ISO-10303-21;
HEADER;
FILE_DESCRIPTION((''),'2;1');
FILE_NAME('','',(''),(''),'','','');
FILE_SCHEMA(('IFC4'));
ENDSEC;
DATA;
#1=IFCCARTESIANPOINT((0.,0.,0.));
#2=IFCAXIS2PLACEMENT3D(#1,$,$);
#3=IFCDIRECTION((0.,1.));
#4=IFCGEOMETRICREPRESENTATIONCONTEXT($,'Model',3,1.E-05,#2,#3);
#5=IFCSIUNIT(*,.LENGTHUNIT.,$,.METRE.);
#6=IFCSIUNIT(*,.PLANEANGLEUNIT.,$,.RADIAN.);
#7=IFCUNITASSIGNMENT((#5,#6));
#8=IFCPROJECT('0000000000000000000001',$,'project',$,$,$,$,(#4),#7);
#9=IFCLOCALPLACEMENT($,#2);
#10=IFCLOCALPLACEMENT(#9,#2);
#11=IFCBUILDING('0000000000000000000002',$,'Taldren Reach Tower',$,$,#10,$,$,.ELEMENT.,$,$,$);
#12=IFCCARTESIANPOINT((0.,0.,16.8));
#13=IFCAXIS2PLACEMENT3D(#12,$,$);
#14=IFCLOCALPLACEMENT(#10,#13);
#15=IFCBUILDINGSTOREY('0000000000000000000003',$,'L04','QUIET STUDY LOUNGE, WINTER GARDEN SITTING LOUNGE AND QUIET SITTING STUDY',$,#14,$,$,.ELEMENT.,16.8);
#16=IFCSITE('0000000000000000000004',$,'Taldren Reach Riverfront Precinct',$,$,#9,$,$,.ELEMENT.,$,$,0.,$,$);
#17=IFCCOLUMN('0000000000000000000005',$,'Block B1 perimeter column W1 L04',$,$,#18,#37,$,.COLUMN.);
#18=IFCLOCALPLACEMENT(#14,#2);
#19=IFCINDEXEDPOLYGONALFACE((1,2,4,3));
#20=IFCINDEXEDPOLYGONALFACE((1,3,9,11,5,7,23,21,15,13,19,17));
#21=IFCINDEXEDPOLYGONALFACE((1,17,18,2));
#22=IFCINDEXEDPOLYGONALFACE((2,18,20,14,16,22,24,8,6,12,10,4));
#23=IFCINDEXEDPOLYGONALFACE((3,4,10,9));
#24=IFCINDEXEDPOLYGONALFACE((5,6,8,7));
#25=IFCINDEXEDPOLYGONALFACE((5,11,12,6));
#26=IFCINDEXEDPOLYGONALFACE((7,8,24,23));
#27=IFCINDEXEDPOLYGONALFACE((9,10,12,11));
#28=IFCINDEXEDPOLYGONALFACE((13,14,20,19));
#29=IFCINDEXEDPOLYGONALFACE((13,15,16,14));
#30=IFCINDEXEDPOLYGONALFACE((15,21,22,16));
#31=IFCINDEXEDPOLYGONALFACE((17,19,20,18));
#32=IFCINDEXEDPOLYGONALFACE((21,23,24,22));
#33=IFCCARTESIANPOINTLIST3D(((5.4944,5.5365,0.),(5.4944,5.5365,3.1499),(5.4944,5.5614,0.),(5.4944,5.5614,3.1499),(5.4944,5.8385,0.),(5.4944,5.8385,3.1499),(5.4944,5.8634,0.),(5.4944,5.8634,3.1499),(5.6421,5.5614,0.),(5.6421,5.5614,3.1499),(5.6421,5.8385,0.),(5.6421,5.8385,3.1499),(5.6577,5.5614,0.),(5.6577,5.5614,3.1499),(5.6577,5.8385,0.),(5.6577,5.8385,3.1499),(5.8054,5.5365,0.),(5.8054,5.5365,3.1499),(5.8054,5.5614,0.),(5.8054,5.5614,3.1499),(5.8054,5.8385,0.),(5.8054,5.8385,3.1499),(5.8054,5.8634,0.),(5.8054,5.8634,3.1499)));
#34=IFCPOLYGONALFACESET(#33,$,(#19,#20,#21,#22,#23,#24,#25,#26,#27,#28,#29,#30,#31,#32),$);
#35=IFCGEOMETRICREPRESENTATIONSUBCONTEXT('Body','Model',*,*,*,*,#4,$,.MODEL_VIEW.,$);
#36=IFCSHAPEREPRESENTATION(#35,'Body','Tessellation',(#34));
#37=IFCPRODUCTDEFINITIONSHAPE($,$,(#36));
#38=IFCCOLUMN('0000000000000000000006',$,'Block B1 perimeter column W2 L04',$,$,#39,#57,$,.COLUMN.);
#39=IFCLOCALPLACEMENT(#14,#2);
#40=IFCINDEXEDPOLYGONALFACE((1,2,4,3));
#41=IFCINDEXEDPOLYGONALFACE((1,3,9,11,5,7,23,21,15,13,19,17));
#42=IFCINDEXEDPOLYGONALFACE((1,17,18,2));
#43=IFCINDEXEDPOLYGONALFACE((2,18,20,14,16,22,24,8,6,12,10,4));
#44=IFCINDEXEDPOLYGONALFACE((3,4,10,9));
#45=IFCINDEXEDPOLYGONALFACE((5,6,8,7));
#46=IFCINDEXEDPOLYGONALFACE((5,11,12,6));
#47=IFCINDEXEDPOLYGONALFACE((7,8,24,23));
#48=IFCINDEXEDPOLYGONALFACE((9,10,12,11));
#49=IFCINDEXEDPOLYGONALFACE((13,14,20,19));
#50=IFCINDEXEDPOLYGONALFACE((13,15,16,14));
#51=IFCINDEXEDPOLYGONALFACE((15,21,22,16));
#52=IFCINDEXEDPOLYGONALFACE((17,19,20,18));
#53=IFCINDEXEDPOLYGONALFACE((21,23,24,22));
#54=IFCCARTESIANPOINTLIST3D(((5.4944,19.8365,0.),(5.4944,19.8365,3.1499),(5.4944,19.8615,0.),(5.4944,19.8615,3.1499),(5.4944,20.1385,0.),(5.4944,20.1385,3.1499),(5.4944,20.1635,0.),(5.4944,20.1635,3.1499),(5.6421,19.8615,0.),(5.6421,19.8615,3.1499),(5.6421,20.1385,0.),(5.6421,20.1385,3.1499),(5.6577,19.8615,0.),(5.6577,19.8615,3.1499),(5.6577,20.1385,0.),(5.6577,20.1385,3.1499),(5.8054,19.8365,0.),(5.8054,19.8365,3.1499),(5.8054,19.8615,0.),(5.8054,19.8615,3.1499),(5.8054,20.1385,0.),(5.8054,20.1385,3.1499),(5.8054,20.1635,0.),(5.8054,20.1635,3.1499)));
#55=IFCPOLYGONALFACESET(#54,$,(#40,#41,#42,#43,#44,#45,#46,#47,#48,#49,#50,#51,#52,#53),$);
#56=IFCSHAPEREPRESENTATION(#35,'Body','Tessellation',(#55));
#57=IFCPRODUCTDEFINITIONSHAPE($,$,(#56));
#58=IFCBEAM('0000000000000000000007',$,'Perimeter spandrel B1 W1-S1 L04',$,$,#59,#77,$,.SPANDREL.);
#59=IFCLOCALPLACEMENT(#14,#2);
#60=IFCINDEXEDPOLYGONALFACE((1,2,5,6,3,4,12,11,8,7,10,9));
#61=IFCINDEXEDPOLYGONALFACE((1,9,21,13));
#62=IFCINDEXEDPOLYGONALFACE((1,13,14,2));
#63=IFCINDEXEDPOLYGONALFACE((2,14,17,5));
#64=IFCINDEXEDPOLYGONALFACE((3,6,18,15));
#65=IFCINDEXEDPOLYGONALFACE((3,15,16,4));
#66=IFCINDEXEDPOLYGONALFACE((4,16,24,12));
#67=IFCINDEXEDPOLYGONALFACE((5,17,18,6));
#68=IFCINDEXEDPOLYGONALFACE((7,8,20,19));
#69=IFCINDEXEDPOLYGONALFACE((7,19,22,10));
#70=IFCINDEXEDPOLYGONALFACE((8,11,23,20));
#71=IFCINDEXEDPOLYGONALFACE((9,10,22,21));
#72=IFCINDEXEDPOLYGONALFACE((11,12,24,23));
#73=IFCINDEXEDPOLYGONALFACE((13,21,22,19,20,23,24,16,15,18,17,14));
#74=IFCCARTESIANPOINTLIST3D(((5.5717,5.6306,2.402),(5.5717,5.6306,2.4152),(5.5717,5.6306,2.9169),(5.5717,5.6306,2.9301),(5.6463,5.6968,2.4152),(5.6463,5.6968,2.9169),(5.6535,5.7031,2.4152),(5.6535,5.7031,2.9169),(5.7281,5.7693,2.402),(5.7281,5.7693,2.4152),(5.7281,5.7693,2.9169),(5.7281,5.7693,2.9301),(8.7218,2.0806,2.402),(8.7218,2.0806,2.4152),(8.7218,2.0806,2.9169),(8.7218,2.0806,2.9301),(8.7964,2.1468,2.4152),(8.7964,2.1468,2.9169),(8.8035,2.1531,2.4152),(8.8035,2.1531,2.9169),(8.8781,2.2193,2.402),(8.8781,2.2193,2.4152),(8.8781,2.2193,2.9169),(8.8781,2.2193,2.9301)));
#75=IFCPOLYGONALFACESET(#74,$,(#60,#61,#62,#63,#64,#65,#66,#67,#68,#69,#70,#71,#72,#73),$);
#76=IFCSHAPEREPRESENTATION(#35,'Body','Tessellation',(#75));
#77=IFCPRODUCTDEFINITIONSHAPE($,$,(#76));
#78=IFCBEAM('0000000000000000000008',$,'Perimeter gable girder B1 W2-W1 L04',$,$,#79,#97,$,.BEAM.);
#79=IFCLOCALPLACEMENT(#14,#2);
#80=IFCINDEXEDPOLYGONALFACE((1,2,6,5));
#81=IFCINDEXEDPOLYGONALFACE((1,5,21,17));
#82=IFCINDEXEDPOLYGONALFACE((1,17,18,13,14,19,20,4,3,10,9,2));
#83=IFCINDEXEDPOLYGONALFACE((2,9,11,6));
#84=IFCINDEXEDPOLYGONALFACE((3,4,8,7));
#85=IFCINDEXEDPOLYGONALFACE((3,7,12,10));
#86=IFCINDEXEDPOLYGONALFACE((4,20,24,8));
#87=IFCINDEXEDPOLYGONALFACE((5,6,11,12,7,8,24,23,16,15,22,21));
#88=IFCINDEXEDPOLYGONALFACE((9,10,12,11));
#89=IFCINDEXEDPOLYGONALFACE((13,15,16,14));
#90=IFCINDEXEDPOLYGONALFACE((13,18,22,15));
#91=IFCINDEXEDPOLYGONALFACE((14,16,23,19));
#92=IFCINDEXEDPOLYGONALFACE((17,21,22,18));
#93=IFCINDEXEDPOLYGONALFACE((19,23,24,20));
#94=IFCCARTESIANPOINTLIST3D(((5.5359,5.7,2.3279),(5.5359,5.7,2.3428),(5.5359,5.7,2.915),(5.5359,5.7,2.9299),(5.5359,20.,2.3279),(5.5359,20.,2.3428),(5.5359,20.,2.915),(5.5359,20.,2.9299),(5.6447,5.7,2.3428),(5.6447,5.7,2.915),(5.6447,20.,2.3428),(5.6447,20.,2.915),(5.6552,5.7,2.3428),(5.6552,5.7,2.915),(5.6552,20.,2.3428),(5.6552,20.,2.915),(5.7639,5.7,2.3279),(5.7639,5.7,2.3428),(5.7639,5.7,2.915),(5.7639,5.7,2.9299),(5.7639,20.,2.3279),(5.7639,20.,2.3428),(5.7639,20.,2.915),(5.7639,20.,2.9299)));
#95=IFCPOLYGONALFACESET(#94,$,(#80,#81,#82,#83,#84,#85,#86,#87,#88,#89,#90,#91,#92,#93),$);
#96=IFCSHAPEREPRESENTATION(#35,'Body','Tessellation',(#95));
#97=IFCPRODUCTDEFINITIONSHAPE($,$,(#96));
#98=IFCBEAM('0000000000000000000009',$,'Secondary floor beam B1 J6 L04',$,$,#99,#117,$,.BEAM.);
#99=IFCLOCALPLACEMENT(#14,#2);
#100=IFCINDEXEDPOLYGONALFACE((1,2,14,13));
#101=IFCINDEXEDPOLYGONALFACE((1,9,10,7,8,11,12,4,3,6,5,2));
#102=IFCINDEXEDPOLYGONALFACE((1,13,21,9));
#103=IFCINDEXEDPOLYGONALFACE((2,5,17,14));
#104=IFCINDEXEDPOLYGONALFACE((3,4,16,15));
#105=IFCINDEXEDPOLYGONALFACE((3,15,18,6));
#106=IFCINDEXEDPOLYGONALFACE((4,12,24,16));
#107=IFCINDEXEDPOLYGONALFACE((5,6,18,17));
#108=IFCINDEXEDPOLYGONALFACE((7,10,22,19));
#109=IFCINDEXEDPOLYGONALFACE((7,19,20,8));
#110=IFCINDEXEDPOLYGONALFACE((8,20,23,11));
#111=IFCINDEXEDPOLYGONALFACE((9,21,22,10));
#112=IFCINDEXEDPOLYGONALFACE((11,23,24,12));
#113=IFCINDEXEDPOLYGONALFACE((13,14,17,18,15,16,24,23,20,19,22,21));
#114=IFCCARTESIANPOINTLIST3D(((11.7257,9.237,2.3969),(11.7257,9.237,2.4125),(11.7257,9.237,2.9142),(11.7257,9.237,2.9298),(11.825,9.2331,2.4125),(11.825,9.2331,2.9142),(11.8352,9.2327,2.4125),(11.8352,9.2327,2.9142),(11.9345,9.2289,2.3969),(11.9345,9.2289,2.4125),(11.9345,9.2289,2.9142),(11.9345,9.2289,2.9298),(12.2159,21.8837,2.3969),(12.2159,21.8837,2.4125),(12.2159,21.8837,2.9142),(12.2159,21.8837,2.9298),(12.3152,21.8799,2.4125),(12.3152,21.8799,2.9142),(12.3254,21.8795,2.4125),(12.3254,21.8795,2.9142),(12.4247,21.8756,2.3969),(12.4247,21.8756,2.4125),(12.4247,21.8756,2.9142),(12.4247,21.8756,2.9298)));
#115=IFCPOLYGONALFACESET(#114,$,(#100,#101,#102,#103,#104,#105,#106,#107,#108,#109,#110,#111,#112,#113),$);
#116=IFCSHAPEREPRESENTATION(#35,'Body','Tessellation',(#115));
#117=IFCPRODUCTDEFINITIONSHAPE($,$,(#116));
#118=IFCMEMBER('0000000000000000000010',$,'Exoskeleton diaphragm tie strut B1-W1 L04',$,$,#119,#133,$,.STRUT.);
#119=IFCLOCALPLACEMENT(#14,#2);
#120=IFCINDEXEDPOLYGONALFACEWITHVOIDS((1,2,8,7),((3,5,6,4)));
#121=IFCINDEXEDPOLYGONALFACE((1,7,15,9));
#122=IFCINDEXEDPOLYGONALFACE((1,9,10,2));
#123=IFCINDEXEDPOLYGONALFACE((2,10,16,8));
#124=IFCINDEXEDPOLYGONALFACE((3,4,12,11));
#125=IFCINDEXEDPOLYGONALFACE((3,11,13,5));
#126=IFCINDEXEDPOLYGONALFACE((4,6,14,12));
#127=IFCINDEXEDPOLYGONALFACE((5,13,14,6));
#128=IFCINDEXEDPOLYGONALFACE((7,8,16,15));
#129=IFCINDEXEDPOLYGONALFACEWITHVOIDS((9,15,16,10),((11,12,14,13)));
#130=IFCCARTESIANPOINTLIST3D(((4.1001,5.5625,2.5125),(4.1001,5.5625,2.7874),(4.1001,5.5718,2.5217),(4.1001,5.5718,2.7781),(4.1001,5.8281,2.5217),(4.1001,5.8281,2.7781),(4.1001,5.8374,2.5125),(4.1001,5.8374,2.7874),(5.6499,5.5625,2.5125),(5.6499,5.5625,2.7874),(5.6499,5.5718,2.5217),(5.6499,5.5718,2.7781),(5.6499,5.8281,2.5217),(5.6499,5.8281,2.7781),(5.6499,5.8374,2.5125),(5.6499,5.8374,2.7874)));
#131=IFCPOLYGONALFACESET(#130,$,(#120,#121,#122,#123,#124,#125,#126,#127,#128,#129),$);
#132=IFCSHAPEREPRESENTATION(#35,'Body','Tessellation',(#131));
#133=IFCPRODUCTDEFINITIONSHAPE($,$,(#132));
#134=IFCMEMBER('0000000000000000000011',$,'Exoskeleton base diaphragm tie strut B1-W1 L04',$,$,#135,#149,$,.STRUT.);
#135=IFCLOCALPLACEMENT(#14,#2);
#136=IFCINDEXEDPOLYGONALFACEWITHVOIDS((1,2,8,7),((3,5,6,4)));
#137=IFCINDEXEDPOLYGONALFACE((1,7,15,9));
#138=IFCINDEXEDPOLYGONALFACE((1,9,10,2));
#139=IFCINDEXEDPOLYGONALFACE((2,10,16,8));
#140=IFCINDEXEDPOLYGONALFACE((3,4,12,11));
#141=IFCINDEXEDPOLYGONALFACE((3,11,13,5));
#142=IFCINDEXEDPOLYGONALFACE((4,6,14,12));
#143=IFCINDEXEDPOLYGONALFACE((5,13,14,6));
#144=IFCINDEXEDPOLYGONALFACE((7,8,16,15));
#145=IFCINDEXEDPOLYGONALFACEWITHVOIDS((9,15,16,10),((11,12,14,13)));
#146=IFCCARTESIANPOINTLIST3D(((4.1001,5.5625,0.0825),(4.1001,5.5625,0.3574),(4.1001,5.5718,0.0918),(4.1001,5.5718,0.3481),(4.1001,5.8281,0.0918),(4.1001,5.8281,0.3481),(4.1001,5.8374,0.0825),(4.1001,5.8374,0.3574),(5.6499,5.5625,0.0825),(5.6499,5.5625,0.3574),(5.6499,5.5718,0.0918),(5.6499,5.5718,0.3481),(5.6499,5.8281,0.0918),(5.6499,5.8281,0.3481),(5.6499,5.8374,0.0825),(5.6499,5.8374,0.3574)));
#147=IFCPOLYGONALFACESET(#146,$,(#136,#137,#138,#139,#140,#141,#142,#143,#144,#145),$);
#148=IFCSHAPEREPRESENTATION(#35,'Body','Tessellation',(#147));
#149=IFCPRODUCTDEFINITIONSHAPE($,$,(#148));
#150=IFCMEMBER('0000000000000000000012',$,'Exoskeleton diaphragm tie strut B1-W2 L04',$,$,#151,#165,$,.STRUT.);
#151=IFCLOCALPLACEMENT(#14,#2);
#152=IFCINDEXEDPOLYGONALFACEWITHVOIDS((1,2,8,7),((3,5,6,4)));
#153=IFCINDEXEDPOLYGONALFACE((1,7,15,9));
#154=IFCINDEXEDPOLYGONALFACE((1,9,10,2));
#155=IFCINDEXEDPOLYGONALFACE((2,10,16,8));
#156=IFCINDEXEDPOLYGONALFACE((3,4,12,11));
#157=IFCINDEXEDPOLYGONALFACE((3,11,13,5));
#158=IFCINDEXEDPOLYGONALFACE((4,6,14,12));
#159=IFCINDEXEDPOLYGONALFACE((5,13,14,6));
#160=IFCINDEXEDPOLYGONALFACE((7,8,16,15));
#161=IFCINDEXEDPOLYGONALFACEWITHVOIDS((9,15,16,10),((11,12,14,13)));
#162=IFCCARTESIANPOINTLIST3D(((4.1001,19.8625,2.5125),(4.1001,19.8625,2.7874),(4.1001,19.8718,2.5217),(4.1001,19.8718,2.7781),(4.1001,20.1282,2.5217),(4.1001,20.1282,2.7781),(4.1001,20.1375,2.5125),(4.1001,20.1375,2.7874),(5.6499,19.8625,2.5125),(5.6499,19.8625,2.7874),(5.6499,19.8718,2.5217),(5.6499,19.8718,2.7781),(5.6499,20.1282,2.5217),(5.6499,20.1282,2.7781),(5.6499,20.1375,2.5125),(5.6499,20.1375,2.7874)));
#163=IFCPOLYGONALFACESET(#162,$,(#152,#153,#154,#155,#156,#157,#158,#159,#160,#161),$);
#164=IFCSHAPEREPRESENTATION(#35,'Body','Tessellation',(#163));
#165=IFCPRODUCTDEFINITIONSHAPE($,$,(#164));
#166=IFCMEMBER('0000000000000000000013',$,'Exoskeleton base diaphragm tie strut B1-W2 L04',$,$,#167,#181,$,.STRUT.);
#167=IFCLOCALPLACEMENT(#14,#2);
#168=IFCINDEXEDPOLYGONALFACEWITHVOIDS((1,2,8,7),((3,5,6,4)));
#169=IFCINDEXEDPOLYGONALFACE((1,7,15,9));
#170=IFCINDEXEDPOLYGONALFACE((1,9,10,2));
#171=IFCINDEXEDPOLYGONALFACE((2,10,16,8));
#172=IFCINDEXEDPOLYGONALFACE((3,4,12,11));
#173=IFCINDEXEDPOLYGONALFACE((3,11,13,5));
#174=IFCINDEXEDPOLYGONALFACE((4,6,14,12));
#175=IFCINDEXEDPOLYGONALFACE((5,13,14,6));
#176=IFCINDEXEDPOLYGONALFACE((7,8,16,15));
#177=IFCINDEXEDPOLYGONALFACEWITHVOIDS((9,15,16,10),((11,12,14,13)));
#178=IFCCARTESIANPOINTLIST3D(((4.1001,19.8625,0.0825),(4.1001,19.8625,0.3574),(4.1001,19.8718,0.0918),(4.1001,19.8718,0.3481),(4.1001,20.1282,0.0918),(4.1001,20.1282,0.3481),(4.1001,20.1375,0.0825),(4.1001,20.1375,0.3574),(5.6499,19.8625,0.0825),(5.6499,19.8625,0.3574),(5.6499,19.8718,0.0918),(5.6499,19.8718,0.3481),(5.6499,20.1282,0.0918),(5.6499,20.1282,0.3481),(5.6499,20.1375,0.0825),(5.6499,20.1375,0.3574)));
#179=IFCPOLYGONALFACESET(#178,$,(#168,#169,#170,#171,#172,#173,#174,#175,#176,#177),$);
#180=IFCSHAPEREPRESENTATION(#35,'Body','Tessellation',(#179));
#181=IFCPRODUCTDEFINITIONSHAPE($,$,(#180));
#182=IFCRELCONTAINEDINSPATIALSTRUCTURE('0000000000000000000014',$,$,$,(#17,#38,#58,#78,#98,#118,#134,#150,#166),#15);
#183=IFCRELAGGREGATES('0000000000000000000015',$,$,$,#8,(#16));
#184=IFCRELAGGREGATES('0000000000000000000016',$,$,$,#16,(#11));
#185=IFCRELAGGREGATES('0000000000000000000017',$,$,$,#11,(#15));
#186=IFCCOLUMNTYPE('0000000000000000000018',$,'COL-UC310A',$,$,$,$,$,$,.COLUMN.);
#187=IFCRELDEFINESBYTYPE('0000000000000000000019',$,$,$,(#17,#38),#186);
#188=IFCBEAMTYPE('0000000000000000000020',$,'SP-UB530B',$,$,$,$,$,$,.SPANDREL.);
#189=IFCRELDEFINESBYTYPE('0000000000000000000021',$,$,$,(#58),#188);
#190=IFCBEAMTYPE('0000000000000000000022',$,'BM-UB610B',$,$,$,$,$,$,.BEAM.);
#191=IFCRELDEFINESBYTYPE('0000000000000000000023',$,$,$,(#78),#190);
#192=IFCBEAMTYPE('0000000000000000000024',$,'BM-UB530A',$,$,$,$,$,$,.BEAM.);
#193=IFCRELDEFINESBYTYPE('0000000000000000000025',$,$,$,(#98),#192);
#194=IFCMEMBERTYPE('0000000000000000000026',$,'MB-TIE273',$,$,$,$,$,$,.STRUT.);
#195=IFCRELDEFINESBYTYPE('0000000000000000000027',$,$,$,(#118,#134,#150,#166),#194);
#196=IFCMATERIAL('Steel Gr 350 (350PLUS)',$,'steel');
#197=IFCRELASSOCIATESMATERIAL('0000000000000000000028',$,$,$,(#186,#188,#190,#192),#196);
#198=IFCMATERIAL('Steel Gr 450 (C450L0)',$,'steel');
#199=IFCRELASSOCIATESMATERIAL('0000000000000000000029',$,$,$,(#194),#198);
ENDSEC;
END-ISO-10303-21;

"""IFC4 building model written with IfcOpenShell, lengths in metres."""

from ifc_helpers import new_model, si_unit, direction, frame, origin, origin_2d, place, context, subcontext, project, spatial, hollow_rectangle, i_section, extrude, source, transform, mapped, material, material_profile, profile_set, type_object, element, save


model = new_model("IFC4")

# Units and contexts
model_context = context("Model", 3, precision=1e-05, world=origin(), true_north=direction((0.0, 1.0)))
body_context = subcontext(model_context, "Body", "Model", "MODEL_VIEW")
ifc_project = project(units=[si_unit("LENGTHUNIT", "METRE"), si_unit("PLANEANGLEUNIT", "RADIAN")], contexts=[model_context])

# Site, building, storey
site_placement = place(None, origin())
site = spatial("IfcSite", under=ifc_project, at=site_placement, Name="Taldren Reach Riverfront Precinct", CompositionType="ELEMENT", RefElevation=0.0)
building_placement = place(site_placement, origin())
building = spatial("IfcBuilding", under=site, at=building_placement, Name="Taldren Reach Tower", CompositionType="ELEMENT")
storey_placement = place(building_placement, frame((0.0, 0.0, 16.8)))
storey = spatial("IfcBuildingStorey", under=building, at=storey_placement, Name="L04", Description="QUIET STUDY LOUNGE, WINTER GARDEN SITTING LOUNGE AND QUIET SITTING STUDY", CompositionType="ELEMENT", Elevation=16.8)

# Columns
ifc_material_1 = material(Name="Steel Gr 350 (350PLUS)", Category="steel")
ifc_material_profile_1 = material_profile(ifc_material_1, i_section(OverallWidth=0.311, OverallDepth=0.3269, WebThickness=0.0156, FlangeThickness=0.0249, at=origin_2d()), Name="310UC158")
ifc_profile_set_1 = profile_set([ifc_material_profile_1], Name="Steel Gr 350 (350PLUS)")
column_type = type_object("IfcColumnType", Name="COL-UC310A", PredefinedType="COLUMN", material=ifc_profile_set_1)
shared_shape_1 = source(origin(), body_context, "Body", "SweptSolid", [
    extrude(i_section(OverallWidth=0.311, OverallDepth=0.3269, WebThickness=0.0156, FlangeThickness=0.0249, at=origin_2d()), origin(), (0.0, 0.0, 1.0), 3.1499),
])
for number, where, z_axis, x_axis, name in (
    (1, (5.6499, 5.7, 0.0), (0.0, 0.0, 1.0), (1.0, 0.0, 0.0), "Block B1 perimeter column W1 L04"),
    (2, (5.6499, 20.0, 0.0), (0.0, 0.0, 1.0), (1.0, 0.0, 0.0), "Block B1 perimeter column W2 L04"),
):
    element("IfcColumn", number, at=place(storey_placement, frame(where, z_axis=z_axis, x_axis=x_axis)), inside=storey, type_object=column_type, Name=name, PredefinedType="COLUMN", context=body_context, shape_type="MappedRepresentation", body=[
        mapped(shared_shape_1, transform((0.0, 0.0, 0.0), scale=1.0)),
    ])

# Beams
ifc_material_profile_2 = material_profile(ifc_material_1, i_section(OverallWidth=0.209, OverallDepth=0.5281, WebThickness=0.0095, FlangeThickness=0.0132, at=origin_2d()), Name="530UB82.0")
ifc_profile_set_2 = profile_set([ifc_material_profile_2], Name="Steel Gr 350 (350PLUS)")
beam_type_1 = type_object("IfcBeamType", Name="SP-UB530B", PredefinedType="SPANDREL", material=ifc_profile_set_2)
shared_shape_2 = source(origin(), body_context, "Body", "SweptSolid", [
    extrude(i_section(OverallWidth=0.209, OverallDepth=0.5281, WebThickness=0.0095, FlangeThickness=0.0132, at=origin_2d()), origin(), (0.0, 0.0, 1.0), 4.7461),
])
beam_1_placement = place(storey_placement, frame((5.6499, 5.7, 2.666), z_axis=(0.663722, -0.747979, 0.0), x_axis=(0.747979, 0.663722, 0.0)))
element("IfcBeam", 3, at=beam_1_placement, inside=storey, type_object=beam_type_1, Name="Perimeter spandrel B1 W1-S1 L04", PredefinedType="SPANDREL", context=body_context, shape_type="MappedRepresentation", body=[
    mapped(shared_shape_2, transform((0.0, 0.0, 0.0), scale=1.0)),
])
ifc_material_profile_3 = material_profile(ifc_material_1, i_section(OverallWidth=0.228, OverallDepth=0.6021, WebThickness=0.0105, FlangeThickness=0.0149, at=origin_2d()), Name="610UB101")
ifc_profile_set_3 = profile_set([ifc_material_profile_3], Name="Steel Gr 350 (350PLUS)")
beam_type_2 = type_object("IfcBeamType", Name="BM-UB610B", PredefinedType="BEAM", material=ifc_profile_set_3)
shared_shape_3 = source(origin(), body_context, "Body", "SweptSolid", [
    extrude(i_section(OverallWidth=0.228, OverallDepth=0.6021, WebThickness=0.0105, FlangeThickness=0.0149, at=origin_2d()), origin(), (0.0, 0.0, 1.0), 14.3),
])
beam_2_placement = place(storey_placement, frame((5.6499, 20.0, 2.6289), z_axis=(0.0, -1.0, 0.0), x_axis=(1.0, 0.0, 0.0)))
element("IfcBeam", 4, at=beam_2_placement, inside=storey, type_object=beam_type_2, Name="Perimeter gable girder B1 W2-W1 L04", PredefinedType="BEAM", context=body_context, shape_type="MappedRepresentation", body=[
    mapped(shared_shape_3, transform((0.0, 0.0, 0.0), scale=1.0)),
])
ifc_material_profile_4 = material_profile(ifc_material_1, i_section(OverallWidth=0.209, OverallDepth=0.533, WebThickness=0.0103, FlangeThickness=0.0156, at=origin_2d()), Name="530UB92.4")
ifc_profile_set_4 = profile_set([ifc_material_profile_4], Name="Steel Gr 350 (350PLUS)")
beam_type_3 = type_object("IfcBeamType", Name="BM-UB530A", PredefinedType="BEAM", material=ifc_profile_set_4)
shared_shape_4 = source(origin(), body_context, "Body", "SweptSolid", [
    extrude(i_section(OverallWidth=0.209, OverallDepth=0.533, WebThickness=0.0103, FlangeThickness=0.0156, at=origin_2d()), origin(), (0.0, 0.0, 1.0), 12.6562),
])
beam_3_placement = place(storey_placement, frame((11.8301, 9.2329, 2.6633), z_axis=(0.038735, 0.99925, 0.0), x_axis=(-0.99925, 0.038735, 0.0)))
element("IfcBeam", 5, at=beam_3_placement, inside=storey, type_object=beam_type_3, Name="Secondary floor beam B1 J6 L04", PredefinedType="BEAM", context=body_context, shape_type="MappedRepresentation", body=[
    mapped(shared_shape_4, transform((0.0, 0.0, 0.0), scale=1.0)),
])

# Members
ifc_material_2 = material(Name="Steel Gr 450 (C450L0)", Category="steel")
ifc_material_profile_5 = material_profile(ifc_material_2, hollow_rectangle(XDim=0.2749, YDim=0.2749, WallThickness=0.0093, at=origin_2d()), Name="275x275x9.3SHS")
ifc_profile_set_5 = profile_set([ifc_material_profile_5], Name="Steel Gr 450 (C450L0)")
member_type_1 = type_object("IfcMemberType", Name="MB-TIE273", PredefinedType="STRUT", material=ifc_profile_set_5)
shared_shape_5 = source(origin(), body_context, "Body", "SweptSolid", [
    extrude(hollow_rectangle(XDim=0.2749, YDim=0.2749, WallThickness=0.0093, at=origin_2d()), origin(), (0.0, 0.0, 1.0), 1.5498),
])
for number, where, z_axis, x_axis, name in (
    (6, (5.6499, 5.7, 2.6499), (-1.0, 0.0, 0.0), (0.0, -1.0, 0.0), "Exoskeleton diaphragm tie strut B1-W1 L04"),
    (7, (5.6499, 5.7, 0.22), (-1.0, 0.0, 0.0), (0.0, -1.0, 0.0), "Exoskeleton base diaphragm tie strut B1-W1 L04"),
    (8, (5.6499, 20.0, 2.6499), (-1.0, 0.0, 0.0), (0.0, -1.0, 0.0), "Exoskeleton diaphragm tie strut B1-W2 L04"),
    (9, (5.6499, 20.0, 0.22), (-1.0, 0.0, 0.0), (0.0, -1.0, 0.0), "Exoskeleton base diaphragm tie strut B1-W2 L04"),
):
    element("IfcMember", number, at=place(storey_placement, frame(where, z_axis=z_axis, x_axis=x_axis)), inside=storey, type_object=member_type_1, Name=name, PredefinedType="STRUT", context=body_context, shape_type="MappedRepresentation", body=[
        mapped(shared_shape_5, transform((0.0, 0.0, 0.0), scale=1.0)),
    ])

save(model, "model.ifc")
